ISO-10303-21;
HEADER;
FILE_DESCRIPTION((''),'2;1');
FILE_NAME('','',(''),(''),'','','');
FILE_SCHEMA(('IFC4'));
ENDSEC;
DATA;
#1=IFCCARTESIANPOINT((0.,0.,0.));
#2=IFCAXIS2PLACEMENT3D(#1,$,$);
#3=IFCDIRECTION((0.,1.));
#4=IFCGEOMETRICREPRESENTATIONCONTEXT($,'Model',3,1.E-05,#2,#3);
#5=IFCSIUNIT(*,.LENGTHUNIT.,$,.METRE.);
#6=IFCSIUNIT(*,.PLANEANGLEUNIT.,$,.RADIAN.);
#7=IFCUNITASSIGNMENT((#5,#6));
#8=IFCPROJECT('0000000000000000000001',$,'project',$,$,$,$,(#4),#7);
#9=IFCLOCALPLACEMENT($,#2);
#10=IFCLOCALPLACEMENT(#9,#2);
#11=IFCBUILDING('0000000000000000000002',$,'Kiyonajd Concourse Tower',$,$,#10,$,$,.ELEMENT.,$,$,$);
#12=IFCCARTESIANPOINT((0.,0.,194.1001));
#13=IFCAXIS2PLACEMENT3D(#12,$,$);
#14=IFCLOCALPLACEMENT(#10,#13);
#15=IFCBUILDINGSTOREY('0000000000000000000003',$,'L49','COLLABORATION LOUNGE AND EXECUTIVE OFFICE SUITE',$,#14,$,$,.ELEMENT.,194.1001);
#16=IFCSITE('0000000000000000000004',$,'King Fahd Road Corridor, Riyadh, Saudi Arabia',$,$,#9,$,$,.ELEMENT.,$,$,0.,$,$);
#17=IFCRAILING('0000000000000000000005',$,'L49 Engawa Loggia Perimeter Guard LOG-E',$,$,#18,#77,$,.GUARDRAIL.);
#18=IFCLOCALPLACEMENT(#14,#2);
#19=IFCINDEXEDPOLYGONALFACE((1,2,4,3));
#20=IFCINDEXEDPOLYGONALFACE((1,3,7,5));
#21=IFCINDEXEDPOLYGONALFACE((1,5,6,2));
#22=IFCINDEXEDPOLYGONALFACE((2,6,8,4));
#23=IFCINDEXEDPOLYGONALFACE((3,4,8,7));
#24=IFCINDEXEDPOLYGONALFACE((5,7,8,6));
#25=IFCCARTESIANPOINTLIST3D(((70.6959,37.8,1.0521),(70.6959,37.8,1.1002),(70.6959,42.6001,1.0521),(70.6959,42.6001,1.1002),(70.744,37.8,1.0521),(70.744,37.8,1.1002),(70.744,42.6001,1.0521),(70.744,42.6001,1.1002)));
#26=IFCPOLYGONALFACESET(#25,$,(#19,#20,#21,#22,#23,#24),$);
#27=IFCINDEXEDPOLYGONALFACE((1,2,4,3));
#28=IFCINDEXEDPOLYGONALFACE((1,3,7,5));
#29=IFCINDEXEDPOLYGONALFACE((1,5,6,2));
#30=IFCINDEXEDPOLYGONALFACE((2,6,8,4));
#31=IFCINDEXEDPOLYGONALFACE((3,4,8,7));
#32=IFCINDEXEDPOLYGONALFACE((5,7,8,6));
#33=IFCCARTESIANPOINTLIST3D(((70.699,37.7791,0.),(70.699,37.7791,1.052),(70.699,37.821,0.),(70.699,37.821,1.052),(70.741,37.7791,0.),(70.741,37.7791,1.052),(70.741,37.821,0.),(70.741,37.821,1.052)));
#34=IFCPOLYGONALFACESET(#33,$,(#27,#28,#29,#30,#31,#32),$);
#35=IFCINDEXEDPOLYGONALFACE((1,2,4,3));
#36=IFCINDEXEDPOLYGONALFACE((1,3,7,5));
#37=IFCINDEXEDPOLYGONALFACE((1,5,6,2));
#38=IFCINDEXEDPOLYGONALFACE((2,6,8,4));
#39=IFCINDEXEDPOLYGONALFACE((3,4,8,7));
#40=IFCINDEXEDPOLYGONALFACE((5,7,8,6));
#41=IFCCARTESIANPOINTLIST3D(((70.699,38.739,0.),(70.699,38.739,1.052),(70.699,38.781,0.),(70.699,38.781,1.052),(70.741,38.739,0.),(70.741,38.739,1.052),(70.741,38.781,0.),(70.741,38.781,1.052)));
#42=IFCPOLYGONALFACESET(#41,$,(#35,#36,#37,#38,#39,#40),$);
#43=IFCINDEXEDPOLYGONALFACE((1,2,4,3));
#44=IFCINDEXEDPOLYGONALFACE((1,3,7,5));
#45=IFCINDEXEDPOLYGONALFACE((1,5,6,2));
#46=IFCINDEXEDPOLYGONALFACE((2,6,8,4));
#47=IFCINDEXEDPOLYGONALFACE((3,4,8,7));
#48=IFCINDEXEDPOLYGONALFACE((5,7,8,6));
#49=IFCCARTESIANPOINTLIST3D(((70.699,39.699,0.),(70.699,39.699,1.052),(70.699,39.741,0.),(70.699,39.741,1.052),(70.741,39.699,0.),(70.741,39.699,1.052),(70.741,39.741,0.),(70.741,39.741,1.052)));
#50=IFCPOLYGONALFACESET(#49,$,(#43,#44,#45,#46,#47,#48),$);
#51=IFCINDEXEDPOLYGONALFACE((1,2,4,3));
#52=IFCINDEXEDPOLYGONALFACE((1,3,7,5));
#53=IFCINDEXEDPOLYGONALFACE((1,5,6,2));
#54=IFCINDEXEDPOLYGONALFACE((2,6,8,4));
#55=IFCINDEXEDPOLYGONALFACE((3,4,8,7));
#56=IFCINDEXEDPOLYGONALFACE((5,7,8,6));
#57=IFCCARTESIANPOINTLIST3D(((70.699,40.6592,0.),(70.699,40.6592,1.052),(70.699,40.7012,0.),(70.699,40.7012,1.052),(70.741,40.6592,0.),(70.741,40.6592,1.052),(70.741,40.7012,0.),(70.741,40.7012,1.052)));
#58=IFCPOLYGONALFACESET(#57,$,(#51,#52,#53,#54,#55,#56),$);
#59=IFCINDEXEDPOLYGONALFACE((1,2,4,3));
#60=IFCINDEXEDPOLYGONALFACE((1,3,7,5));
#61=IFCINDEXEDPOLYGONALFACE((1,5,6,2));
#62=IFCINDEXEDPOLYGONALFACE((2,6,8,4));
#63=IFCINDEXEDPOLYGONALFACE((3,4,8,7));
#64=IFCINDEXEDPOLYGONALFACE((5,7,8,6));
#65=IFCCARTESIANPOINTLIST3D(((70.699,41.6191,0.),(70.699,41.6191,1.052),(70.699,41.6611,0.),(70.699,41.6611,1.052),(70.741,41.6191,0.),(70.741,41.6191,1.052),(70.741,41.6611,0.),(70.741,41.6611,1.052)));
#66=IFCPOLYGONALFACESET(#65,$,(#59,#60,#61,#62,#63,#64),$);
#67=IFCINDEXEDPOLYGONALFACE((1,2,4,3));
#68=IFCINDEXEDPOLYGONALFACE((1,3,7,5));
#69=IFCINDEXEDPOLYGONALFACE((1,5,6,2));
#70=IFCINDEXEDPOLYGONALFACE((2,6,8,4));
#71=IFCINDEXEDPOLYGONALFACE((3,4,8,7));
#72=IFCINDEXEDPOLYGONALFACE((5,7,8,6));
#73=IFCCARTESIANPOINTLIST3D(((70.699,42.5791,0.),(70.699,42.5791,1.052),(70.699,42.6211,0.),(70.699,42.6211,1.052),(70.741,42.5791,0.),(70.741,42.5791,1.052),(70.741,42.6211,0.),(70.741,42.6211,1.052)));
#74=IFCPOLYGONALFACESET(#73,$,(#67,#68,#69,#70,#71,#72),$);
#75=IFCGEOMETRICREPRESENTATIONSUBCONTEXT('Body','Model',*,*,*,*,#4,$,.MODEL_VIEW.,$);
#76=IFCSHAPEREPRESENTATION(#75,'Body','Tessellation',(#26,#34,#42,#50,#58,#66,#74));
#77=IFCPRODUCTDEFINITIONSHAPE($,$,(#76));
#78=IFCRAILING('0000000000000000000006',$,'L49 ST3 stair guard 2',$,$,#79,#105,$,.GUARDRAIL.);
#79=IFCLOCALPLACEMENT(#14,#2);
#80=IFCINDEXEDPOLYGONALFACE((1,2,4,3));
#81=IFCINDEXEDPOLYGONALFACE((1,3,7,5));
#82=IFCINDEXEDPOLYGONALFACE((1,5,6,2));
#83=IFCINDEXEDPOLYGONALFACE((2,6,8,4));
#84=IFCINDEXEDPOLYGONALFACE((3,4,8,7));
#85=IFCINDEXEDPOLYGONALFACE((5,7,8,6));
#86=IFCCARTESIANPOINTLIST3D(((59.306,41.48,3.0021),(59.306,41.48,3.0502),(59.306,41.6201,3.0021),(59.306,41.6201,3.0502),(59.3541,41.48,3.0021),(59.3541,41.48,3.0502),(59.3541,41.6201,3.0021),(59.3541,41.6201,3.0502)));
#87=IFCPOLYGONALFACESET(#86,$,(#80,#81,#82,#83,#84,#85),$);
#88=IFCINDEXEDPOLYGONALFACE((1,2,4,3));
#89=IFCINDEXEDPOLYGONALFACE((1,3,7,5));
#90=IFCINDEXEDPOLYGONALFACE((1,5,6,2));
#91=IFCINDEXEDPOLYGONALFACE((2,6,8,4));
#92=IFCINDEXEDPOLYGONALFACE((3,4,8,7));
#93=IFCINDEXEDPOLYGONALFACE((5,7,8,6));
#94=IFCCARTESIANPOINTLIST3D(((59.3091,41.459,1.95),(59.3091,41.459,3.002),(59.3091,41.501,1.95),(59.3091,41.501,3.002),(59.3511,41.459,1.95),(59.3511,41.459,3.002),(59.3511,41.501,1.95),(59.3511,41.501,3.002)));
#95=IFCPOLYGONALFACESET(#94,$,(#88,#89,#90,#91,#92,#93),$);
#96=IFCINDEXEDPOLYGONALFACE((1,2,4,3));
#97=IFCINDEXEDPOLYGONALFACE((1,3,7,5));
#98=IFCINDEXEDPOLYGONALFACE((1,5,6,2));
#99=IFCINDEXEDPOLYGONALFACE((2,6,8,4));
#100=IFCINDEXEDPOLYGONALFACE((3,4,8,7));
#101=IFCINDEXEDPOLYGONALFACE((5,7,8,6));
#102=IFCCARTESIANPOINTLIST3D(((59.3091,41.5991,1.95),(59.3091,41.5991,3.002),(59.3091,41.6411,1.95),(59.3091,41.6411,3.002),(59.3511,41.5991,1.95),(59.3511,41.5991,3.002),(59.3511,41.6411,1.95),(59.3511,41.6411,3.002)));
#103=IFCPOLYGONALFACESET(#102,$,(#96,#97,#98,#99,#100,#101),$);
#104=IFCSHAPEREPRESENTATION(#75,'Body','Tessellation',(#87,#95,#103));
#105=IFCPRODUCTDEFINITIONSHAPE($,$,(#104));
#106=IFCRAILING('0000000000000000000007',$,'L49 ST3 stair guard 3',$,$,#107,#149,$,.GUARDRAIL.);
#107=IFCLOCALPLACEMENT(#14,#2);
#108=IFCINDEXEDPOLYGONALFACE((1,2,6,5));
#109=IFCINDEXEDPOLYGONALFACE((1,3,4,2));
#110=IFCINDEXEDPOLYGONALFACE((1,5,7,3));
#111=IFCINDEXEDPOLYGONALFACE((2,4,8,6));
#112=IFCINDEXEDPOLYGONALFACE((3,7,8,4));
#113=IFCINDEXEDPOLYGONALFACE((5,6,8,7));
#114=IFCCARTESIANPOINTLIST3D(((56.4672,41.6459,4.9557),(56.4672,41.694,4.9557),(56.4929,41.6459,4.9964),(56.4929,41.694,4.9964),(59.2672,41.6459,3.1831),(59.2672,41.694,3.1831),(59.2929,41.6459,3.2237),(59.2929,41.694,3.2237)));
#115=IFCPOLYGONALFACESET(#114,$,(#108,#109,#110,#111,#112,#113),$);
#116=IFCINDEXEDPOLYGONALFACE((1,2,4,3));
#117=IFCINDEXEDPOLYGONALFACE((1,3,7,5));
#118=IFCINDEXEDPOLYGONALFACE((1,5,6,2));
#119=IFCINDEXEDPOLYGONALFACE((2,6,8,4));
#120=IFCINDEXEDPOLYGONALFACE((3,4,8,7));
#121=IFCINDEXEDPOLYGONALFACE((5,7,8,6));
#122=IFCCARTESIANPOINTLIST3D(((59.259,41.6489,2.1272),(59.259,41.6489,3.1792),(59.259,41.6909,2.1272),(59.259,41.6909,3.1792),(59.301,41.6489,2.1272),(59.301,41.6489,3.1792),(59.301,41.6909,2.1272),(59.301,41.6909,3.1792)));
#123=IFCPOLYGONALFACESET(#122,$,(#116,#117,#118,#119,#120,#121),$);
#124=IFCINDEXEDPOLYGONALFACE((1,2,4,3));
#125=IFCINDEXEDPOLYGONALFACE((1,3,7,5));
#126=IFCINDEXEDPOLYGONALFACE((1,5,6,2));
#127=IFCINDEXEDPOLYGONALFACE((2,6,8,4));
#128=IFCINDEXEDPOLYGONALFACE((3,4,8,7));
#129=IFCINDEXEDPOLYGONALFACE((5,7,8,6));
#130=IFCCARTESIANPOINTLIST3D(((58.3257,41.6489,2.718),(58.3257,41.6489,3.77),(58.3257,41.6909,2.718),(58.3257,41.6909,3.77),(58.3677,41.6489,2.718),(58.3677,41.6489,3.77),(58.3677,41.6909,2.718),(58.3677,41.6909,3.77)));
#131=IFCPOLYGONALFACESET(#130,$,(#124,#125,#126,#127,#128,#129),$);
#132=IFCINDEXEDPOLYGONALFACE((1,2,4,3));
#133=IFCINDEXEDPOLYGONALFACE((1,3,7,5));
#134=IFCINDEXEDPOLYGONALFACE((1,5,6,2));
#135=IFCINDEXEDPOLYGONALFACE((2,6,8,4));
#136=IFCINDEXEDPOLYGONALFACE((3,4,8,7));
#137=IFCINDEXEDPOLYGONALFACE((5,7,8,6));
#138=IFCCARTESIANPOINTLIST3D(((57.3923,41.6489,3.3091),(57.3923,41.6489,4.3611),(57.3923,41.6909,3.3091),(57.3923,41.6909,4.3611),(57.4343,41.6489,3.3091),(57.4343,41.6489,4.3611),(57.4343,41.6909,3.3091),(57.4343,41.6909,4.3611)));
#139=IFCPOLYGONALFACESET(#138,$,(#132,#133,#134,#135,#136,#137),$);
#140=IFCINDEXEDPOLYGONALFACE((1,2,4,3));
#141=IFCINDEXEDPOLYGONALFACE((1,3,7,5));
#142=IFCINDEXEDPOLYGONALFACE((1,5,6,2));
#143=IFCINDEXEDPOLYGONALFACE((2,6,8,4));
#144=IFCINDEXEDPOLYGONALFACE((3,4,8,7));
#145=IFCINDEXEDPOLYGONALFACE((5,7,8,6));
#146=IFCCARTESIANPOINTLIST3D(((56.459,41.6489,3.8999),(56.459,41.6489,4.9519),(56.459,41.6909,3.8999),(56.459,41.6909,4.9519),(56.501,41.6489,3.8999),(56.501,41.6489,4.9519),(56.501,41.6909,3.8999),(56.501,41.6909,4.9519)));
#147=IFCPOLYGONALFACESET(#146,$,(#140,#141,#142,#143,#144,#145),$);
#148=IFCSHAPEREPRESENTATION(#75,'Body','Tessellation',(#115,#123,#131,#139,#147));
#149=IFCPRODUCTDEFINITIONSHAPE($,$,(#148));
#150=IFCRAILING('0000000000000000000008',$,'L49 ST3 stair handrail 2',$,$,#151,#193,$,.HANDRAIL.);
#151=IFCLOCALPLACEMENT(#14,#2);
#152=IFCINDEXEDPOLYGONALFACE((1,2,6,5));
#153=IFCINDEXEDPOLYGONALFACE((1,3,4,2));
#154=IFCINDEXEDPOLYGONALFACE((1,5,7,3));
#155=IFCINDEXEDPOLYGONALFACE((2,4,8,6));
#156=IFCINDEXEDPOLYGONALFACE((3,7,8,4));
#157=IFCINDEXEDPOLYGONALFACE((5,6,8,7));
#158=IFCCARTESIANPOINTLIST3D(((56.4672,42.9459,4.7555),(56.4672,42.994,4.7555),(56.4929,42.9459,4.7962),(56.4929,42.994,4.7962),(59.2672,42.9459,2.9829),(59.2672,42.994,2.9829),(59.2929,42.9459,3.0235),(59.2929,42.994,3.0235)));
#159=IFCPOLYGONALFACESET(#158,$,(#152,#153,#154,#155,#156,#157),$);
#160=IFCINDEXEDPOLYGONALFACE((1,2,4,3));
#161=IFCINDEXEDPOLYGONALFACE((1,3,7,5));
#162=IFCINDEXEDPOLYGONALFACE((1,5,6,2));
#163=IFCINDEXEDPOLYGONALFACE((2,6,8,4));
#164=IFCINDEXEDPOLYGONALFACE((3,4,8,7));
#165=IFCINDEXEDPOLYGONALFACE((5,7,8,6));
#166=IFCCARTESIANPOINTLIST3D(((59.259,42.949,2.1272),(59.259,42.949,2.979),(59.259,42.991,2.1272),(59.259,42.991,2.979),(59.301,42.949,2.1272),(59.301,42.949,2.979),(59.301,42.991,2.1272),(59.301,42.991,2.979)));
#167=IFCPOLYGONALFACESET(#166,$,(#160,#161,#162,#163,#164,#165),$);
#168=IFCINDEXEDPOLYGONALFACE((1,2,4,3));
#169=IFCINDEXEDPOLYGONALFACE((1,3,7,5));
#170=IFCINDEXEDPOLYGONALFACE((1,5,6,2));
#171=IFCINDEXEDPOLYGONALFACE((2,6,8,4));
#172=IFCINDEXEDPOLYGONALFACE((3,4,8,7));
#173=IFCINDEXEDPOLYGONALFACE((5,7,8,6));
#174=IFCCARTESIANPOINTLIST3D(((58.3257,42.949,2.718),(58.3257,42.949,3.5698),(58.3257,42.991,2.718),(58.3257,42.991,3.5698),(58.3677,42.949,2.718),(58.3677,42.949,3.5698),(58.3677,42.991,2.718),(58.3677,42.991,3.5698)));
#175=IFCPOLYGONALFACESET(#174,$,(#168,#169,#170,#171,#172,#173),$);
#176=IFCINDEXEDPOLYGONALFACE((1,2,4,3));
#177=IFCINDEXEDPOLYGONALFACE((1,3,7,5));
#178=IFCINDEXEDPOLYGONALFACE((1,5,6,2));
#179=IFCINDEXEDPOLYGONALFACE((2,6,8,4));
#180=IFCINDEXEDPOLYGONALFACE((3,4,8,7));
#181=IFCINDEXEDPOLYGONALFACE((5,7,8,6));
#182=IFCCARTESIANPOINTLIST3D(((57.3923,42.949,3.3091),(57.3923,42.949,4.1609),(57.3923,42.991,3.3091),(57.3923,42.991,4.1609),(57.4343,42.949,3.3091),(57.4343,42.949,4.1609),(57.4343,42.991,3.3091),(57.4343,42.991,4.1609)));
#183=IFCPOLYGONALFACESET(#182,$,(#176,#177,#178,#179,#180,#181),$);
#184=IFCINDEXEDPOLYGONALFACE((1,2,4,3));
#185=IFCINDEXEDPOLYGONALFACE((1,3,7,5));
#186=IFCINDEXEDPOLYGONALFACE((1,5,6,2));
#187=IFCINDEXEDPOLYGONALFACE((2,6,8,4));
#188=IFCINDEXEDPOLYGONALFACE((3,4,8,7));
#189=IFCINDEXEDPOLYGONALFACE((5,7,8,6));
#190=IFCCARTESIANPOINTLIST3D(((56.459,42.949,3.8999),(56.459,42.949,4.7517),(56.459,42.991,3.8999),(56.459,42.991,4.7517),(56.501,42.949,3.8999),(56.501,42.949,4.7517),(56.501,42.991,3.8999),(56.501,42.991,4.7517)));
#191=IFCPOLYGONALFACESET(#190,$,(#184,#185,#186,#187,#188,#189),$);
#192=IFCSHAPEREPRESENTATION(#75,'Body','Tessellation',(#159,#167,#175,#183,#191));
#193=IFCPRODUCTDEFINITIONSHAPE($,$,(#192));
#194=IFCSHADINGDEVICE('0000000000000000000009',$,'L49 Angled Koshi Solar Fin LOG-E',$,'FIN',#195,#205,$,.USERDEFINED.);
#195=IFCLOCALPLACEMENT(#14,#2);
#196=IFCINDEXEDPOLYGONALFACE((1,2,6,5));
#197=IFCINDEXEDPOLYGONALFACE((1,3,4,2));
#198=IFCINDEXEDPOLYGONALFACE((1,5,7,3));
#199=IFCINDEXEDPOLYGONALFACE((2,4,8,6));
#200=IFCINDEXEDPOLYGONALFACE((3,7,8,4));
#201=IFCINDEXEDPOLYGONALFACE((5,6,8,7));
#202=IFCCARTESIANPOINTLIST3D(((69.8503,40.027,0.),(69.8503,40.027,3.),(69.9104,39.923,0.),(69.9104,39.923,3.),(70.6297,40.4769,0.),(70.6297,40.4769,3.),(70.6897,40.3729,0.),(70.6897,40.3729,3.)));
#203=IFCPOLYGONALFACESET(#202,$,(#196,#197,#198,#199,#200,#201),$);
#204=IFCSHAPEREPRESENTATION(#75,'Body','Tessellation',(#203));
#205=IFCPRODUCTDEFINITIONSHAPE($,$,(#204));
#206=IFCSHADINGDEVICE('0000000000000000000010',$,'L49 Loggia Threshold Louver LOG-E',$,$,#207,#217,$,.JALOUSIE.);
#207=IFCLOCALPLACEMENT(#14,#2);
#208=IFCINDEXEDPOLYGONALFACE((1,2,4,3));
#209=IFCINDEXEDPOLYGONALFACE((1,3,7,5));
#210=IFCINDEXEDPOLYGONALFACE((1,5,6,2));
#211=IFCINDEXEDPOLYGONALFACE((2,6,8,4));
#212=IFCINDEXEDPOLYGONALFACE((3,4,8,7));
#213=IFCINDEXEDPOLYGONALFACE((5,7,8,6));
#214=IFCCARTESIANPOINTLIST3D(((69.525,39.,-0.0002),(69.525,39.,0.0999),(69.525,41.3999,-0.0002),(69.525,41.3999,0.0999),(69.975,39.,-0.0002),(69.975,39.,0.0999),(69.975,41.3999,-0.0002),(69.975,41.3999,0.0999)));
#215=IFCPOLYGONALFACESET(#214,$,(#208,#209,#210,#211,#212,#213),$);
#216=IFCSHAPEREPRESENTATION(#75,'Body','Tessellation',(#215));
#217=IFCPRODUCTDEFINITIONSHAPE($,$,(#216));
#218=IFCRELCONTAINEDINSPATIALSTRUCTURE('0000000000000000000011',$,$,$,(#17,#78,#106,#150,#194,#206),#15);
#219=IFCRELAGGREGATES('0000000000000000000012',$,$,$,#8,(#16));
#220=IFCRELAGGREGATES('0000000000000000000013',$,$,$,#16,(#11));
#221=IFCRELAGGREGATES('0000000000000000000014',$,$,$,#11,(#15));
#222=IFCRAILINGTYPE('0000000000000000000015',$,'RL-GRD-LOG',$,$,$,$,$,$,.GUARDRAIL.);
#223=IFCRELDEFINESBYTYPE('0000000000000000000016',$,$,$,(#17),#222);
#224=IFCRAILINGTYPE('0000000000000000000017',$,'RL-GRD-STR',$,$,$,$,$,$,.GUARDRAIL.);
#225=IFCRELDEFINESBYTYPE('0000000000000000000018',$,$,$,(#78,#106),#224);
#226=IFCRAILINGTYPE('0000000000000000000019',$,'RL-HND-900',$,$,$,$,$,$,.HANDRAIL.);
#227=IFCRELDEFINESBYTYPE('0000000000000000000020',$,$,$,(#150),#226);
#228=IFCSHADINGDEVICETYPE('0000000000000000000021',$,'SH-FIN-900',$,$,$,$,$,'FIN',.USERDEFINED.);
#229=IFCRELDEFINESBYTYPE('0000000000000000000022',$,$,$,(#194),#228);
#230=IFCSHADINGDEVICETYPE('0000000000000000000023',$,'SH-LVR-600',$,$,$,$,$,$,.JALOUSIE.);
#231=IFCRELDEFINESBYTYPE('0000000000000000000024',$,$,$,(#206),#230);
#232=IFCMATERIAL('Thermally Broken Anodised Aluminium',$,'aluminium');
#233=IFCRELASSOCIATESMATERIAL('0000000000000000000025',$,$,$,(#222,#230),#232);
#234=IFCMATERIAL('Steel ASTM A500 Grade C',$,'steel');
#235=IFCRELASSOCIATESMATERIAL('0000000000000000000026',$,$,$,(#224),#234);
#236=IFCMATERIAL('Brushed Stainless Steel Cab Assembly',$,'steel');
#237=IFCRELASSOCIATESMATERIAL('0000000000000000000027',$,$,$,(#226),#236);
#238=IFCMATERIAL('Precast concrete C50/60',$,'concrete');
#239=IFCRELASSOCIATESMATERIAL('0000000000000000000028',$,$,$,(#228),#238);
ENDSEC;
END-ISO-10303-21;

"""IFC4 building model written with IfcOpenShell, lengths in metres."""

from ifc_helpers import new_model, si_unit, direction, frame, origin, origin_2d, place, context, subcontext, project, spatial, rectangle, extrude, material, type_object, element, save


model = new_model("IFC4")

# Units and contexts
model_context = context("Model", 3, precision=1e-05, world=origin(), true_north=direction((0.0, 1.0)))
body_context = subcontext(model_context, "Body", "Model", "MODEL_VIEW")
ifc_project = project(units=[si_unit("LENGTHUNIT", "METRE"), si_unit("PLANEANGLEUNIT", "RADIAN")], contexts=[model_context])

# Site, building, storey
site_placement = place(None, origin())
site = spatial("IfcSite", under=ifc_project, at=site_placement, Name="King Fahd Road Corridor, Riyadh, Saudi Arabia", CompositionType="ELEMENT", RefElevation=0.0)
building_placement = place(site_placement, origin())
building = spatial("IfcBuilding", under=site, at=building_placement, Name="Kiyonajd Concourse Tower", CompositionType="ELEMENT")
storey_placement = place(building_placement, frame((0.0, 0.0, 194.1001)))
storey = spatial("IfcBuildingStorey", under=building, at=storey_placement, Name="L49", Description="COLLABORATION LOUNGE AND EXECUTIVE OFFICE SUITE", CompositionType="ELEMENT", Elevation=194.1001)

# Shared definitions
ifc_material_1 = material(Name="Thermally Broken Anodised Aluminium", Category="aluminium")

# Shared definitions
ifc_material_2 = material(Name="Precast concrete C50/60", Category="concrete")

# Railings
railing_type_1 = type_object("IfcRailingType", Name="RL-GRD-LOG", PredefinedType="GUARDRAIL", material=ifc_material_1)
railing_1_placement = place(storey_placement, frame((70.72, 37.8, 0.0)))
element("IfcRailing", 1, at=railing_1_placement, inside=storey, type_object=railing_type_1, Name="L49 Engawa Loggia Perimeter Guard LOG-E", PredefinedType="GUARDRAIL", context=body_context, shape_type="SweptSolid", body=[
    extrude(rectangle(XDim=0.0481, YDim=0.0481, at=origin_2d()), frame((0.0, 0.0, 1.0762), z_axis=(0.0, 1.0, 0.0), x_axis=(-1.0, 0.0, 0.0)), (0.0, 0.0, 1.0), 4.8),
    extrude(rectangle(XDim=0.042, YDim=0.042, at=origin_2d()), origin(), (0.0, 0.0, 1.0), 1.052),
    extrude(rectangle(XDim=0.042, YDim=0.042, at=origin_2d()), frame((0.0, 0.96, 0.0)), (0.0, 0.0, 1.0), 1.052),
    extrude(rectangle(XDim=0.042, YDim=0.042, at=origin_2d()), frame((0.0, 1.9199, 0.0)), (0.0, 0.0, 1.0), 1.052),
    extrude(rectangle(XDim=0.042, YDim=0.042, at=origin_2d()), frame((0.0, 2.8801, 0.0)), (0.0, 0.0, 1.0), 1.052),
    extrude(rectangle(XDim=0.042, YDim=0.042, at=origin_2d()), frame((0.0, 3.8401, 0.0)), (0.0, 0.0, 1.0), 1.052),
    extrude(rectangle(XDim=0.042, YDim=0.042, at=origin_2d()), frame((0.0, 4.8, 0.0)), (0.0, 0.0, 1.0), 1.052),
])
ifc_material_3 = material(Name="Steel ASTM A500 Grade C", Category="steel")
railing_type_2 = type_object("IfcRailingType", Name="RL-GRD-STR", PredefinedType="GUARDRAIL", material=ifc_material_3)
railing_2_placement = place(storey_placement, frame((59.3301, 41.48, 1.95)))
element("IfcRailing", 2, at=railing_2_placement, inside=storey, type_object=railing_type_2, Name="L49 ST3 stair guard 2", PredefinedType="GUARDRAIL", context=body_context, shape_type="SweptSolid", body=[
    extrude(rectangle(XDim=0.0481, YDim=0.0481, at=origin_2d()), frame((0.0, 0.0, 1.0762), z_axis=(0.0, 1.0, 0.0), x_axis=(-1.0, 0.0, 0.0)), (0.0, 0.0, 1.0), 0.1401),
    extrude(rectangle(XDim=0.042, YDim=0.042, at=origin_2d()), origin(), (0.0, 0.0, 1.0), 1.052),
    extrude(rectangle(XDim=0.042, YDim=0.042, at=origin_2d()), frame((0.0, 0.1401, 0.0)), (0.0, 0.0, 1.0), 1.052),
])
railing_3_placement = place(storey_placement, frame((59.28, 41.6699, 2.1272)))
element("IfcRailing", 3, at=railing_3_placement, inside=storey, type_object=railing_type_2, Name="L49 ST3 stair guard 3", PredefinedType="GUARDRAIL", context=body_context, shape_type="SweptSolid", body=[
    extrude(rectangle(XDim=0.0481, YDim=0.0481, at=origin_2d()), frame((0.0, 0.0, 1.0762), z_axis=(-0.844909, 0.0, 0.53491), x_axis=(0.0, -1.0, 0.0)), (0.0, 0.0, 1.0), 3.314),
    extrude(rectangle(XDim=0.042, YDim=0.042, at=origin_2d()), origin(), (0.0, 0.0, 1.0), 1.052),
    extrude(rectangle(XDim=0.042, YDim=0.042, at=origin_2d()), frame((-0.9333, 0.0, 0.5908)), (0.0, 0.0, 1.0), 1.052),
    extrude(rectangle(XDim=0.042, YDim=0.042, at=origin_2d()), frame((-1.8667, 0.0, 1.1819)), (0.0, 0.0, 1.0), 1.052),
    extrude(rectangle(XDim=0.042, YDim=0.042, at=origin_2d()), frame((-2.8, 0.0, 1.7727)), (0.0, 0.0, 1.0), 1.052),
])
ifc_material_4 = material(Name="Brushed Stainless Steel Cab Assembly", Category="steel")
railing_type_3 = type_object("IfcRailingType", Name="RL-HND-900", PredefinedType="HANDRAIL", material=ifc_material_4)
railing_4_placement = place(storey_placement, frame((59.28, 42.97, 2.1272)))
element("IfcRailing", 4, at=railing_4_placement, inside=storey, type_object=railing_type_3, Name="L49 ST3 stair handrail 2", PredefinedType="HANDRAIL", context=body_context, shape_type="SweptSolid", body=[
    extrude(rectangle(XDim=0.0481, YDim=0.0481, at=origin_2d()), frame((0.0, 0.0, 0.876), z_axis=(-0.844909, 0.0, 0.53491), x_axis=(0.0, -1.0, 0.0)), (0.0, 0.0, 1.0), 3.314),
    extrude(rectangle(XDim=0.042, YDim=0.042, at=origin_2d()), origin(), (0.0, 0.0, 1.0), 0.8518),
    extrude(rectangle(XDim=0.042, YDim=0.042, at=origin_2d()), frame((-0.9333, 0.0, 0.5908)), (0.0, 0.0, 1.0), 0.8518),
    extrude(rectangle(XDim=0.042, YDim=0.042, at=origin_2d()), frame((-1.8667, 0.0, 1.1819)), (0.0, 0.0, 1.0), 0.8518),
    extrude(rectangle(XDim=0.042, YDim=0.042, at=origin_2d()), frame((-2.8, 0.0, 1.7727)), (0.0, 0.0, 1.0), 0.8518),
])

# Shading devices
shading_device_type_1 = type_object("IfcShadingDeviceType", Name="SH-FIN-900", ElementType="FIN", PredefinedType="USERDEFINED", material=ifc_material_2)
shading_device_1_placement = place(storey_placement, frame((70.27, 40.2, 0.0), z_axis=(0.0, 0.0, 1.0), x_axis=(0.866025, 0.5, 0.0)))
element("IfcShadingDevice", 5, at=shading_device_1_placement, inside=storey, type_object=shading_device_type_1, Name="L49 Angled Koshi Solar Fin LOG-E", ObjectType="FIN", PredefinedType="USERDEFINED", context=body_context, shape_type="SweptSolid", body=[
    extrude(rectangle(XDim=0.8999, YDim=0.1201, at=origin_2d()), origin(), (0.0, 0.0, 1.0), 3.0),
])
shading_device_type_2 = type_object("IfcShadingDeviceType", Name="SH-LVR-600", PredefinedType="JALOUSIE", material=ifc_material_1)
shading_device_2_placement = place(storey_placement, frame((69.75, 40.2, -0.0002), z_axis=(0.0, 0.0, 1.0), x_axis=(0.0, 1.0, 0.0)))
element("IfcShadingDevice", 6, at=shading_device_2_placement, inside=storey, type_object=shading_device_type_2, Name="L49 Loggia Threshold Louver LOG-E", PredefinedType="JALOUSIE", context=body_context, shape_type="SweptSolid", body=[
    extrude(rectangle(XDim=2.3999, YDim=0.45, at=origin_2d()), origin(), (0.0, 0.0, 1.0), 0.1001),
])

save(model, "model.ifc")
